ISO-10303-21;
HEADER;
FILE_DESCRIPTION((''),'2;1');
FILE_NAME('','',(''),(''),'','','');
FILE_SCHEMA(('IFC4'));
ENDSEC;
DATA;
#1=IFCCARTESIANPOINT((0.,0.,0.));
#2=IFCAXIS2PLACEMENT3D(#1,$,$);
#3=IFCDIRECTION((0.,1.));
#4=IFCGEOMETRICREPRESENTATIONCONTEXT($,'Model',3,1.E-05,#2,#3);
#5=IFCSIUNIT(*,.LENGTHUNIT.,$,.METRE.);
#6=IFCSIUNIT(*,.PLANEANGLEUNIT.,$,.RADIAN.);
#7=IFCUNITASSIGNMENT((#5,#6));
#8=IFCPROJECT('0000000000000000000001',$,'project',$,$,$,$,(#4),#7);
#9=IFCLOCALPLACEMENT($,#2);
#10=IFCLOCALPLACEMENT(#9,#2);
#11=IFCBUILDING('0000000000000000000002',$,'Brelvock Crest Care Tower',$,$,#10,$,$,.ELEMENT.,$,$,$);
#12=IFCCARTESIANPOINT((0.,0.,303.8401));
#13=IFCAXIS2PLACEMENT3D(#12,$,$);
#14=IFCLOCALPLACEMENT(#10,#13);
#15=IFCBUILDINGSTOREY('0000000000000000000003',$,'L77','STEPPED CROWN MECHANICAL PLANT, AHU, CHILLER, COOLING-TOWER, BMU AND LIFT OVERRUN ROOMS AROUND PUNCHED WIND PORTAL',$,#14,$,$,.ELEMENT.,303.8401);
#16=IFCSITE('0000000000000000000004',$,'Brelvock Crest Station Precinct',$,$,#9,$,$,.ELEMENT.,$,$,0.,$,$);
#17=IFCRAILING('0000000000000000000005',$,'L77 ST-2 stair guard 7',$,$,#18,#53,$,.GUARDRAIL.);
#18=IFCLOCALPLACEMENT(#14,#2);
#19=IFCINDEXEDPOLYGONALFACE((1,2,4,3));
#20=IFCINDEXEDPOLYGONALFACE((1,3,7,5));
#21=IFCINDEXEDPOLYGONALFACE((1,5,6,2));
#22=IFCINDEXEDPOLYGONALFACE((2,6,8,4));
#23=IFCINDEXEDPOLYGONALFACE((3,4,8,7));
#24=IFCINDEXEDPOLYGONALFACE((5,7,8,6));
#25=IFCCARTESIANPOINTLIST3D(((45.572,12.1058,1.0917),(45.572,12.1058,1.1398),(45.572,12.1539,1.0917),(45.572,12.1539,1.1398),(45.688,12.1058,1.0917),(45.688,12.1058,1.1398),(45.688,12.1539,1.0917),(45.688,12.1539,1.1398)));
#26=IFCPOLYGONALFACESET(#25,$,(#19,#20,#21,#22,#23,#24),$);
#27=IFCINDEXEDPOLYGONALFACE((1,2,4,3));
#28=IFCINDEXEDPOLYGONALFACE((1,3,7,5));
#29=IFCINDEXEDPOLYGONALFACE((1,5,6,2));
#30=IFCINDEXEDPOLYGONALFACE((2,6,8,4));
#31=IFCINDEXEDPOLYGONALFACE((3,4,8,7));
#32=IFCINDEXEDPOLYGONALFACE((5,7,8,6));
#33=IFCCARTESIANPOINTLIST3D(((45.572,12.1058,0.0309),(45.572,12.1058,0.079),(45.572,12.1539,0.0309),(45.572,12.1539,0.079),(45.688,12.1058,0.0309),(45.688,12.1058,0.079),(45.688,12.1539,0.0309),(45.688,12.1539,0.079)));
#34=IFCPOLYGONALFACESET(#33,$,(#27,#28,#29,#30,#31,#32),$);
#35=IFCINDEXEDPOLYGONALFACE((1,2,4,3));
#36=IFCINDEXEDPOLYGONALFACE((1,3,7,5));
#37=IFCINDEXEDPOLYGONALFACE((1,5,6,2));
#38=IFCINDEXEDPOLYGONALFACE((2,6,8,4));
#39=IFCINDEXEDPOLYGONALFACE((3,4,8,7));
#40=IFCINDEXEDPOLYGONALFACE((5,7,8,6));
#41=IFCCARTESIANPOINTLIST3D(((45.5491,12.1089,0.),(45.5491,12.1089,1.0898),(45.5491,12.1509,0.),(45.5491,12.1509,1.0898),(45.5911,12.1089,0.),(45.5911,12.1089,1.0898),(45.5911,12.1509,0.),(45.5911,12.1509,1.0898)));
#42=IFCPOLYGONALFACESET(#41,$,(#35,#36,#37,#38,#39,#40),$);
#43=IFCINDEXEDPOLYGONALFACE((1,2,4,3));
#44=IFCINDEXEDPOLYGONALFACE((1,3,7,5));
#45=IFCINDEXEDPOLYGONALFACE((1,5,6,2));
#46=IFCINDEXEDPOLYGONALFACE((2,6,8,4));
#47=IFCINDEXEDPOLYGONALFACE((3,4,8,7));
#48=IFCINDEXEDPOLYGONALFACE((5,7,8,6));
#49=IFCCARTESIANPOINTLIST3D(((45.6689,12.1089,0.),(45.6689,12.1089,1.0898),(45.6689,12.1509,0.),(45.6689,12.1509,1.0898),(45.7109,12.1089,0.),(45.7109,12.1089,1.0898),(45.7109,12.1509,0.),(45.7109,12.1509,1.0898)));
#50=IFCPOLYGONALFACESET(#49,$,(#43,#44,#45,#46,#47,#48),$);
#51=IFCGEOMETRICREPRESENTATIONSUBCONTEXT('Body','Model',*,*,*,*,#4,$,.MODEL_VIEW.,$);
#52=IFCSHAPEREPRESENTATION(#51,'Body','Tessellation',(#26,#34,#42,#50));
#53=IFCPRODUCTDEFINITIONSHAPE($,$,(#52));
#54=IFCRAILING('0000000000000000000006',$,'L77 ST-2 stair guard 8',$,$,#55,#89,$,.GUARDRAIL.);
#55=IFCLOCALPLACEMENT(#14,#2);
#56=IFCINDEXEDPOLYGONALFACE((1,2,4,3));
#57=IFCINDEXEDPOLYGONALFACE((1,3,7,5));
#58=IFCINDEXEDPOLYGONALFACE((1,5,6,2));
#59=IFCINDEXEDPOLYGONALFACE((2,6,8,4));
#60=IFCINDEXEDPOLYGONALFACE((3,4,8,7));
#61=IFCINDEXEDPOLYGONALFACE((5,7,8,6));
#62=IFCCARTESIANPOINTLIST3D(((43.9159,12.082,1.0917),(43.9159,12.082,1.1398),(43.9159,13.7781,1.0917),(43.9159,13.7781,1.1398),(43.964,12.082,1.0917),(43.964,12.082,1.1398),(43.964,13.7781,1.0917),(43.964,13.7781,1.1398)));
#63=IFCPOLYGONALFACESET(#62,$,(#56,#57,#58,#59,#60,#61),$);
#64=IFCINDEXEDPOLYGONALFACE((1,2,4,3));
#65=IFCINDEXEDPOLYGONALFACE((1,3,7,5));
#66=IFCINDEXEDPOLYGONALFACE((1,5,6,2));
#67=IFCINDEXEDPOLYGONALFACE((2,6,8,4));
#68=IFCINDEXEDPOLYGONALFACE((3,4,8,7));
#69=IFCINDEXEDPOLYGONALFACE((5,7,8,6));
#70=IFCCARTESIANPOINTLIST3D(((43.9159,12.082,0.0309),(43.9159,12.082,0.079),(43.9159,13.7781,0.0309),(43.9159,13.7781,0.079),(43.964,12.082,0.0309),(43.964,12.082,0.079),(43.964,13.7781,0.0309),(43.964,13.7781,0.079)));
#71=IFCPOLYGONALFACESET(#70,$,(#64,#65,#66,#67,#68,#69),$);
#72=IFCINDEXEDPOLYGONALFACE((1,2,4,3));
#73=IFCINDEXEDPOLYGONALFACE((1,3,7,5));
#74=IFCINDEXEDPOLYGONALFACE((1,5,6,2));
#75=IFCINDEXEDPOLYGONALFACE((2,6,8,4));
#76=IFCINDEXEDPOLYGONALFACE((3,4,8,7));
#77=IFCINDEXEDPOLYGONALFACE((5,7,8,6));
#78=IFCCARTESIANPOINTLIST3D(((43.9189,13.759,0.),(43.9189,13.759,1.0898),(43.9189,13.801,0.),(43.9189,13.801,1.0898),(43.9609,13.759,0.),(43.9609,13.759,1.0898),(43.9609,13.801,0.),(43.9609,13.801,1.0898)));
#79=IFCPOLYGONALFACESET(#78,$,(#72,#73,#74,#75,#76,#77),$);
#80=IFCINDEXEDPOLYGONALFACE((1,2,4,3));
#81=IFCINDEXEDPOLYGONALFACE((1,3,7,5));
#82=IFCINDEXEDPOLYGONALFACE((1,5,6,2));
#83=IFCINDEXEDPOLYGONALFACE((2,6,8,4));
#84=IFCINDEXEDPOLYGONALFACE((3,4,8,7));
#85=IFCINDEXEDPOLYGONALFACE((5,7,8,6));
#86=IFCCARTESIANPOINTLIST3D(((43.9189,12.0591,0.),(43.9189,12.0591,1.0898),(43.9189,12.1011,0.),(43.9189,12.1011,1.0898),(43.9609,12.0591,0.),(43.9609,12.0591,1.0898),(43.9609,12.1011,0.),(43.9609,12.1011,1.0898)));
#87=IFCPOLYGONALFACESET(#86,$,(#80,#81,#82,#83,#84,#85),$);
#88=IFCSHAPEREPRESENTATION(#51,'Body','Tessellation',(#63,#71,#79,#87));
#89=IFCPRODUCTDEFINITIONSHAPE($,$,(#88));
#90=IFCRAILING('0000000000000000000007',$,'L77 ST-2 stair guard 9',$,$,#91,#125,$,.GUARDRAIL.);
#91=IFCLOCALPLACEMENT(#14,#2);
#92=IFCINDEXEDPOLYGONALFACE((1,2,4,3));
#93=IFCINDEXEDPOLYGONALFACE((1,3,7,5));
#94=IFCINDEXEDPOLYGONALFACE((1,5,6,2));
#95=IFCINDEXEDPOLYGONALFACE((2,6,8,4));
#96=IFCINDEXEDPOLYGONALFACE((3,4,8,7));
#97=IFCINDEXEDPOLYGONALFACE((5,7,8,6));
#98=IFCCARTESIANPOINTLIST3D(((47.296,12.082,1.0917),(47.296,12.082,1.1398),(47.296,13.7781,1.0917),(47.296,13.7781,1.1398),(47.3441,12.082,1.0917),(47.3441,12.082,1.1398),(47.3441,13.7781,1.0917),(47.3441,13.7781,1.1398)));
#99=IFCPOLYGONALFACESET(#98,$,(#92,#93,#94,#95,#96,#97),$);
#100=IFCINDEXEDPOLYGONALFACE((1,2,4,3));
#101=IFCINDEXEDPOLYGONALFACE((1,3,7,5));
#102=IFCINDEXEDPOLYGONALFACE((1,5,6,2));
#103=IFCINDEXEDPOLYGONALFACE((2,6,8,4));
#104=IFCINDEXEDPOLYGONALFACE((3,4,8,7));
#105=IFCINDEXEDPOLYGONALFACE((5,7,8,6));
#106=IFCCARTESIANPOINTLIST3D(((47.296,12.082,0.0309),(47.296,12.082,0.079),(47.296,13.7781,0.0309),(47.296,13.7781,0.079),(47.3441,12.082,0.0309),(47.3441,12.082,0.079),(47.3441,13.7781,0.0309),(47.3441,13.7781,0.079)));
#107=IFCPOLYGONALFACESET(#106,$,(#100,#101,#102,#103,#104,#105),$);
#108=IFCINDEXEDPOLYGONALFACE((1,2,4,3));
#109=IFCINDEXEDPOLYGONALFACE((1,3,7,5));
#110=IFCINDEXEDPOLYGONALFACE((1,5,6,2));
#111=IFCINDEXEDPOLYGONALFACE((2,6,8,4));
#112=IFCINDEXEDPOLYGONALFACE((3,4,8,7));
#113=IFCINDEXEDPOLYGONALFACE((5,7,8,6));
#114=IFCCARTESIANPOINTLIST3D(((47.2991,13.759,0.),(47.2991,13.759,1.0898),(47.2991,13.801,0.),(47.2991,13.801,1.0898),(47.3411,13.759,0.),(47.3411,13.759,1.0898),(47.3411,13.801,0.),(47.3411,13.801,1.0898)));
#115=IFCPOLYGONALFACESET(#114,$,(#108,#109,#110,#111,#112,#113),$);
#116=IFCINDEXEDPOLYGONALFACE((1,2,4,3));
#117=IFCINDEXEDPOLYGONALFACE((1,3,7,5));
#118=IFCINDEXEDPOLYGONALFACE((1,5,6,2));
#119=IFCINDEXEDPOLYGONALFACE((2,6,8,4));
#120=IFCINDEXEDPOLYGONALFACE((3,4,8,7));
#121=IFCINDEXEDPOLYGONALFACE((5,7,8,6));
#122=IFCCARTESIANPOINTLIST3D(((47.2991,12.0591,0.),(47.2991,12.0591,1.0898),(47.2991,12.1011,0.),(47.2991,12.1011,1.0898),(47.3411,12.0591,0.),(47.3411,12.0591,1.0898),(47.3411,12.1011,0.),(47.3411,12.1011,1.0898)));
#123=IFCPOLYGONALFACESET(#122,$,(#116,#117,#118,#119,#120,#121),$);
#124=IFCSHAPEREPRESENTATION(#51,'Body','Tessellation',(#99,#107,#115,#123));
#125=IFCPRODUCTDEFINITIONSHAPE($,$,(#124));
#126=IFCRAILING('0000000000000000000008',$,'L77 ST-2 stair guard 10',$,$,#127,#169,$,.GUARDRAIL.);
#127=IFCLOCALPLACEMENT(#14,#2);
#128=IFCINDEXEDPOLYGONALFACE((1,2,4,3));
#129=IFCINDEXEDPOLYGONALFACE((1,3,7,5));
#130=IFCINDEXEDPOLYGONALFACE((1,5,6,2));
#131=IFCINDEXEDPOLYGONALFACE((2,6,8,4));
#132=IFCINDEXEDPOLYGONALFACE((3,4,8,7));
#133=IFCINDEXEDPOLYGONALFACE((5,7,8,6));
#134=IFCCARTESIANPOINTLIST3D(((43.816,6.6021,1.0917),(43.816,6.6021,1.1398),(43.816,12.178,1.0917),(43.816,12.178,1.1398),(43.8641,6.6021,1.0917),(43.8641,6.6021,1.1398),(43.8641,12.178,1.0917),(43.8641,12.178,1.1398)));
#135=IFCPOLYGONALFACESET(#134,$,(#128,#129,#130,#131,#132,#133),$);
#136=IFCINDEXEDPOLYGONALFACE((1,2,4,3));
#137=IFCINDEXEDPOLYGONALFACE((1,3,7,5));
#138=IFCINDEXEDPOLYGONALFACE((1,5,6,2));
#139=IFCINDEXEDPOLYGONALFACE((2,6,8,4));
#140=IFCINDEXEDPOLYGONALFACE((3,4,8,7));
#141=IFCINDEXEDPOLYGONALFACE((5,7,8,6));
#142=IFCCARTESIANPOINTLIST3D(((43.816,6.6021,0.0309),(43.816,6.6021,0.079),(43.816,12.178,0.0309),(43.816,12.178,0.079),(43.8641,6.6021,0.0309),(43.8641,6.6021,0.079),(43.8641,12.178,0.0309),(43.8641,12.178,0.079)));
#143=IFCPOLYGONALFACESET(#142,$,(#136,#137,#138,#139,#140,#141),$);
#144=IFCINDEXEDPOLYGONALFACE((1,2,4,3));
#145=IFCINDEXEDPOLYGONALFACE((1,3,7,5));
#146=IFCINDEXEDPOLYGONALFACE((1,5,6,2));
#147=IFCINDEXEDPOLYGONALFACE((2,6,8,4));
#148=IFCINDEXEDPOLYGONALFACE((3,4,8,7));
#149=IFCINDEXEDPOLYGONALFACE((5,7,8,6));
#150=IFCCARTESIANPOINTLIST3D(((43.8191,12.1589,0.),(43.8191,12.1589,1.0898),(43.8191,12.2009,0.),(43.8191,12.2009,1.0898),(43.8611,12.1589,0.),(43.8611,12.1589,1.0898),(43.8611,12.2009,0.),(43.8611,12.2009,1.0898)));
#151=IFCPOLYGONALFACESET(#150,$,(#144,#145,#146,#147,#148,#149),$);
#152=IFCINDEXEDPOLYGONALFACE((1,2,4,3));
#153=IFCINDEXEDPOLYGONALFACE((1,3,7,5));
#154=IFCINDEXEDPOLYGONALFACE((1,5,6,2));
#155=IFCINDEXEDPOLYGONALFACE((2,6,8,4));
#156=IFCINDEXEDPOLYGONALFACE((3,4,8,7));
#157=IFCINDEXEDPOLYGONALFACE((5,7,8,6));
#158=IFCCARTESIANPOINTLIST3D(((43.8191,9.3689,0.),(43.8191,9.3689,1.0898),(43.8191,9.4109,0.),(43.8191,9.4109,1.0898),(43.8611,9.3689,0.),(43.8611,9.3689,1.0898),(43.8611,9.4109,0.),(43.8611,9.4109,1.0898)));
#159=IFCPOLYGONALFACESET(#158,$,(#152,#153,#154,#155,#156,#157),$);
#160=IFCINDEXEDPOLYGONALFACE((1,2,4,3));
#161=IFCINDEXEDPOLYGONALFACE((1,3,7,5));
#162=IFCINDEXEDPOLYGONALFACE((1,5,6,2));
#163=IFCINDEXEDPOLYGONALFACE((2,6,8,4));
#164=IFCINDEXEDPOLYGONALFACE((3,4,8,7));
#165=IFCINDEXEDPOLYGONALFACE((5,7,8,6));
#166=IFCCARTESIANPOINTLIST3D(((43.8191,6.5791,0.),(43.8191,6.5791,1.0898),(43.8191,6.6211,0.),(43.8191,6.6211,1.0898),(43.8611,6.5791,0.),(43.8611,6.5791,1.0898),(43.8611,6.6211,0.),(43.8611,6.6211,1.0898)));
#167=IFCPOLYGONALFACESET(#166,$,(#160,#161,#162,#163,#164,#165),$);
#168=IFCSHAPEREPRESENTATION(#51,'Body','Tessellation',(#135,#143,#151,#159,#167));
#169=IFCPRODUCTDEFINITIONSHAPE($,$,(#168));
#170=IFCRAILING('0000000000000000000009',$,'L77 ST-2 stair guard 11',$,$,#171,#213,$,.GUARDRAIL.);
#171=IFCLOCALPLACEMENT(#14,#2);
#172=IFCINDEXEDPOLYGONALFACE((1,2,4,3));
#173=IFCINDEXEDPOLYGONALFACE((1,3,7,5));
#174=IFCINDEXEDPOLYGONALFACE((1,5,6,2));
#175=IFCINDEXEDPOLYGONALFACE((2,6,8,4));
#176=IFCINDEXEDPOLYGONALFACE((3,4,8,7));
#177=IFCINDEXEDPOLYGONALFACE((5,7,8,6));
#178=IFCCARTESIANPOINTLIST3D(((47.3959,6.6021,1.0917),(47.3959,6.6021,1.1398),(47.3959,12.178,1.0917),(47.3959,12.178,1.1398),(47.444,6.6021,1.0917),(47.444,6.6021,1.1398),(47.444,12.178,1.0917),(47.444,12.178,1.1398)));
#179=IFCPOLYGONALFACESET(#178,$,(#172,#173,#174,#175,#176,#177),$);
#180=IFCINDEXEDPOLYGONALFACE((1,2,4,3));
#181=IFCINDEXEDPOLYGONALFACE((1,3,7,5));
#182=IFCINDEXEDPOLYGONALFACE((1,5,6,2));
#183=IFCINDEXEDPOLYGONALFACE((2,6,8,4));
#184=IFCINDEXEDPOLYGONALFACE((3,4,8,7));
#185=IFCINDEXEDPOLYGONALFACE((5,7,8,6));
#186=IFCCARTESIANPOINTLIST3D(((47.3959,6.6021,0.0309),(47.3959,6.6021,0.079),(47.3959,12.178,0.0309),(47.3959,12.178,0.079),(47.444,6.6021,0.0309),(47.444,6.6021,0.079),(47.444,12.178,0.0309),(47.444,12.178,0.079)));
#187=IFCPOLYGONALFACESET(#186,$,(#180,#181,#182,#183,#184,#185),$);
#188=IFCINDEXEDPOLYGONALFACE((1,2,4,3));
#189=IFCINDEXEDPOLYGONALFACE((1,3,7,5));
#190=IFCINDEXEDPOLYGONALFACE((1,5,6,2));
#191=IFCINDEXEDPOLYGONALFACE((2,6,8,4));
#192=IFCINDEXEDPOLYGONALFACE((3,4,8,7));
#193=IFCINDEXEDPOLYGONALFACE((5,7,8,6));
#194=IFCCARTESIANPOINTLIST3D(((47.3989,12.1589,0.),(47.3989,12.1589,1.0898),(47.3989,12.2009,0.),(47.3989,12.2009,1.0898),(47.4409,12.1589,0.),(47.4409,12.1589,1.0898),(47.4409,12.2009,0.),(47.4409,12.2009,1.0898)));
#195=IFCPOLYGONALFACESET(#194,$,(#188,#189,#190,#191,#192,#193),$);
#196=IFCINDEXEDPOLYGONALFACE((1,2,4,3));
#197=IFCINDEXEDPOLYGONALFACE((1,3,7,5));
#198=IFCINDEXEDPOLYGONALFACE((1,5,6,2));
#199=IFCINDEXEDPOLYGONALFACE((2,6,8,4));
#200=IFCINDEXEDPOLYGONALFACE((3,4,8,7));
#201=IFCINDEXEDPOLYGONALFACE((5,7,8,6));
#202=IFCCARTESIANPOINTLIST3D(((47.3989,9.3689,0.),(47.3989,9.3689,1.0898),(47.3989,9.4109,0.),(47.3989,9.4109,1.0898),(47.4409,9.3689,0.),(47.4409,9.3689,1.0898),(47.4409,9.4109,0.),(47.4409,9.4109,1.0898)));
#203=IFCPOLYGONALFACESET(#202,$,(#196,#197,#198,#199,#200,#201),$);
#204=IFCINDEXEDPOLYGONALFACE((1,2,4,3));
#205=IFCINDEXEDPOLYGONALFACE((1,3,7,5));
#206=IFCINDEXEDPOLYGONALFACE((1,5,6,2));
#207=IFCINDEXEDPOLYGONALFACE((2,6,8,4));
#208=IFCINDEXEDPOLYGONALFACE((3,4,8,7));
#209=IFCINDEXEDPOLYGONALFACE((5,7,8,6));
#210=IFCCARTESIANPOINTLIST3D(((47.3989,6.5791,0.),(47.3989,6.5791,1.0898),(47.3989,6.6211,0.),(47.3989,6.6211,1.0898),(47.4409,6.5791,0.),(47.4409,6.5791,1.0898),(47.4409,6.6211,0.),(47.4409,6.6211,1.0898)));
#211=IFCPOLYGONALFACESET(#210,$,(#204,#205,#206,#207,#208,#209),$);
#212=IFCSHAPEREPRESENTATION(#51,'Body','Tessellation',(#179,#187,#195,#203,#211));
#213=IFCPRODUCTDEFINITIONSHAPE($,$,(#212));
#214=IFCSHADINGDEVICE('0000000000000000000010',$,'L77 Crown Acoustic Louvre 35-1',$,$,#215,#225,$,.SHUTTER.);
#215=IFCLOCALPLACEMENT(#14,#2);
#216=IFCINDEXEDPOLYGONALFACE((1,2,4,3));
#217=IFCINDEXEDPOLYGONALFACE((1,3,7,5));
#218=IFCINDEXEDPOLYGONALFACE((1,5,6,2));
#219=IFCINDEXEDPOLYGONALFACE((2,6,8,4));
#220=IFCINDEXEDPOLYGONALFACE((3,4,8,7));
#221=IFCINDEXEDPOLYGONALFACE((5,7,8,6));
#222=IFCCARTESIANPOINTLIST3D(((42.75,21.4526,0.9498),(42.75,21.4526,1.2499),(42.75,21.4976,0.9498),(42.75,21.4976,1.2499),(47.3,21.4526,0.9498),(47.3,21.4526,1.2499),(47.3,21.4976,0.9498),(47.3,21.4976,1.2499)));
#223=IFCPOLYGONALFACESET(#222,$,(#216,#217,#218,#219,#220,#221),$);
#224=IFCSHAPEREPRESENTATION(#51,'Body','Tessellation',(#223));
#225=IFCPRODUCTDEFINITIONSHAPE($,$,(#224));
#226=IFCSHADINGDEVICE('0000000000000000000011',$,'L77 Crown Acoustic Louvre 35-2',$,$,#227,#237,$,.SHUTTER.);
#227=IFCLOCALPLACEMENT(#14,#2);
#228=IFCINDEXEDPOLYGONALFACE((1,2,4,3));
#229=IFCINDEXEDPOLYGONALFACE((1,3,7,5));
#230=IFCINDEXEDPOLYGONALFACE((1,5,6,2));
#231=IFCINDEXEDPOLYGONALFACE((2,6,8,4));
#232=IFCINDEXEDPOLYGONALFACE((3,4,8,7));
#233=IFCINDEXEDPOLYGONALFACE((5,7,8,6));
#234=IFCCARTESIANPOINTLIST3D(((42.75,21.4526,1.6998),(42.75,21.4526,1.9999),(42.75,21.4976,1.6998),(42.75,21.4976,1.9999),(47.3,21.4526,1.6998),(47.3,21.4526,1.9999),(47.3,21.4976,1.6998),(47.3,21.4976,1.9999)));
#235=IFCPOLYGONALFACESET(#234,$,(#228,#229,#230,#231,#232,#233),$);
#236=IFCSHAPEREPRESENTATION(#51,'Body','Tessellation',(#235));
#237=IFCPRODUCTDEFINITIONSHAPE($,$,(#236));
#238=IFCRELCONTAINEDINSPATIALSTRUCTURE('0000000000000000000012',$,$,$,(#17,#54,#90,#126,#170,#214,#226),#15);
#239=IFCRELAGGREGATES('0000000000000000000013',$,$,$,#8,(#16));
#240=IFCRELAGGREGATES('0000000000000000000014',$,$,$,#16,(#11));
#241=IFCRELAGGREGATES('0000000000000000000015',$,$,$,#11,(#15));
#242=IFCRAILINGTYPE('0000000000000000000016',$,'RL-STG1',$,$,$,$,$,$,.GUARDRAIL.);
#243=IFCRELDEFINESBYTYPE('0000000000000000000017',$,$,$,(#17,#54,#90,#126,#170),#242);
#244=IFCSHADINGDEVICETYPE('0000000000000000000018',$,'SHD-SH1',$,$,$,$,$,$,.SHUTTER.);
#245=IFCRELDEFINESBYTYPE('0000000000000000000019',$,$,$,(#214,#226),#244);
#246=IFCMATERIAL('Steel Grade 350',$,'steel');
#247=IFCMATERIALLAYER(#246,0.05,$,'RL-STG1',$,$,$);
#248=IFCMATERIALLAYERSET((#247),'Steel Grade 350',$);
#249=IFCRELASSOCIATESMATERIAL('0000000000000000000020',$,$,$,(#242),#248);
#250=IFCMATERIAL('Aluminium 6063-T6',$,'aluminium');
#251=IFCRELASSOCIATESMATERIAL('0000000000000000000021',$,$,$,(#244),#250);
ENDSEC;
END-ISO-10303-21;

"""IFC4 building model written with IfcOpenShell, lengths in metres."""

from ifc_helpers import new_model, si_unit, direction, frame, origin, origin_2d, place, context, subcontext, project, spatial, rectangle, extrude, source, transform, mapped, material, layer, layer_set, material_profile, profile_set, type_object, element, save


model = new_model("IFC4")

# Units and contexts
model_context = context("Model", 3, precision=1e-05, world=origin(), true_north=direction((0.0, 1.0)))
body_context = subcontext(model_context, "Body", "Model", "MODEL_VIEW")
ifc_project = project(units=[si_unit("LENGTHUNIT", "METRE"), si_unit("PLANEANGLEUNIT", "RADIAN")], contexts=[model_context])

# Site, building, storey
site_placement = place(None, origin())
site = spatial("IfcSite", under=ifc_project, at=site_placement, Name="Brelvock Crest Station Precinct", CompositionType="ELEMENT", RefElevation=0.0)
building_placement = place(site_placement, origin())
building = spatial("IfcBuilding", under=site, at=building_placement, Name="Brelvock Crest Care Tower", CompositionType="ELEMENT")
storey_placement = place(building_placement, frame((0.0, 0.0, 303.8401)))
storey = spatial("IfcBuildingStorey", under=building, at=storey_placement, Name="L77", Description="STEPPED CROWN MECHANICAL PLANT, AHU, CHILLER, COOLING-TOWER, BMU AND LIFT OVERRUN ROOMS AROUND PUNCHED WIND PORTAL", CompositionType="ELEMENT", Elevation=303.8401)

# Shared definitions
ifc_material_1 = material(Name="Steel Grade 350", Category="steel")

# Railings
ifc_layer_1 = layer(ifc_material_1, 0.05, Name="RL-STG1")
ifc_layer_set_1 = layer_set([ifc_layer_1], Name="Steel Grade 350")
railing_type_1 = type_object("IfcRailingType", Name="RL-STG1", PredefinedType="GUARDRAIL", material=ifc_layer_set_1)
railing_1_placement = place(storey_placement, frame((45.5701, 12.1299, 0.0)))
element("IfcRailing", 1, at=railing_1_placement, inside=storey, type_object=railing_type_1, Name="L77 ST-2 stair guard 7", PredefinedType="GUARDRAIL", context=body_context, shape_type="SweptSolid", body=[
    extrude(rectangle(XDim=0.0481, YDim=0.0481, at=origin_2d()), frame((0.002, 0.0, 1.1157), z_axis=(1.0, 0.0, 0.0), x_axis=(0.0, 1.0, 0.0)), (0.0, 0.0, 1.0), 0.116),
    extrude(rectangle(XDim=0.0481, YDim=0.0481, at=origin_2d()), frame((0.002, 0.0, 0.0549), z_axis=(1.0, 0.0, 0.0), x_axis=(0.0, 1.0, 0.0)), (0.0, 0.0, 1.0), 0.116),
    extrude(rectangle(XDim=0.042, YDim=0.042, at=origin_2d()), origin(), (0.0, 0.0, 1.0), 1.0898),
    extrude(rectangle(XDim=0.042, YDim=0.042, at=origin_2d()), frame((0.1199, 0.0, 0.0)), (0.0, 0.0, 1.0), 1.0898),
])
for number, where, name in (
    (2, (43.9399, 13.78, 0.0), "L77 ST-2 stair guard 8"),
    (3, (47.3201, 13.78, 0.0), "L77 ST-2 stair guard 9"),
):
    element("IfcRailing", number, at=place(storey_placement, frame(where)), inside=storey, type_object=railing_type_1, Name=name, PredefinedType="GUARDRAIL", context=body_context, shape_type="SweptSolid", body=[
        extrude(rectangle(XDim=0.0481, YDim=0.0481, at=origin_2d()), frame((0.0, -0.002, 1.1157), z_axis=(0.0, -1.0, 0.0), x_axis=(1.0, 0.0, 0.0)), (0.0, 0.0, 1.0), 1.696),
        extrude(rectangle(XDim=0.0481, YDim=0.0481, at=origin_2d()), frame((0.0, -0.002, 0.0549), z_axis=(0.0, -1.0, 0.0), x_axis=(1.0, 0.0, 0.0)), (0.0, 0.0, 1.0), 1.696),
        extrude(rectangle(XDim=0.042, YDim=0.042, at=origin_2d()), origin(), (0.0, 0.0, 1.0), 1.0898),
        extrude(rectangle(XDim=0.042, YDim=0.042, at=origin_2d()), frame((0.0, -1.7, 0.0)), (0.0, 0.0, 1.0), 1.0898),
    ])
for number, where, name in (
    (4, (43.8401, 12.1799, 0.0), "L77 ST-2 stair guard 10"),
    (5, (47.4199, 12.1799, 0.0), "L77 ST-2 stair guard 11"),
):
    element("IfcRailing", number, at=place(storey_placement, frame(where)), inside=storey, type_object=railing_type_1, Name=name, PredefinedType="GUARDRAIL", context=body_context, shape_type="SweptSolid", body=[
        extrude(rectangle(XDim=0.0481, YDim=0.0481, at=origin_2d()), frame((0.0, -0.002, 1.1157), z_axis=(0.0, -1.0, 0.0), x_axis=(1.0, 0.0, 0.0)), (0.0, 0.0, 1.0), 5.5759),
        extrude(rectangle(XDim=0.0481, YDim=0.0481, at=origin_2d()), frame((0.0, -0.002, 0.0549), z_axis=(0.0, -1.0, 0.0), x_axis=(1.0, 0.0, 0.0)), (0.0, 0.0, 1.0), 5.5759),
        extrude(rectangle(XDim=0.042, YDim=0.042, at=origin_2d()), origin(), (0.0, 0.0, 1.0), 1.0898),
        extrude(rectangle(XDim=0.042, YDim=0.042, at=origin_2d()), frame((0.0, -2.79, 0.0)), (0.0, 0.0, 1.0), 1.0898),
        extrude(rectangle(XDim=0.042, YDim=0.042, at=origin_2d()), frame((0.0, -5.5798, 0.0)), (0.0, 0.0, 1.0), 1.0898),
    ])

# Shading devices
ifc_material_2 = material(Name="Aluminium 6063-T6", Category="aluminium")
ifc_material_profile_1 = material_profile(ifc_material_2, rectangle(XDim=0.0449, YDim=0.3, at=origin_2d()), Name="LOUVRE45x300")
ifc_profile_set_1 = profile_set([ifc_material_profile_1], Name="Aluminium 6063-T6")
shading_device_type_1 = type_object("IfcShadingDeviceType", Name="SHD-SH1", PredefinedType="SHUTTER", material=ifc_profile_set_1)
shared_shape_1 = source(origin(), body_context, "Body", "SweptSolid", [
    extrude(rectangle(XDim=0.0449, YDim=0.3, at=origin_2d()), origin(), (0.0, 0.0, 1.0), 4.55),
])
for number, where, z_axis, x_axis, name in (
    (6, (42.75, 21.4751, 1.0999), (1.0, 0.0, 0.0), (0.0, 1.0, 0.0), "L77 Crown Acoustic Louvre 35-1"),
    (7, (42.75, 21.4751, 1.8499), (1.0, 0.0, 0.0), (0.0, 1.0, 0.0), "L77 Crown Acoustic Louvre 35-2"),
):
    element("IfcShadingDevice", number, at=place(storey_placement, frame(where, z_axis=z_axis, x_axis=x_axis)), inside=storey, type_object=shading_device_type_1, Name=name, PredefinedType="SHUTTER", context=body_context, shape_type="MappedRepresentation", body=[
        mapped(shared_shape_1, transform((0.0, 0.0, 0.0), x_axis=(1.0, 0.0, 0.0), y_axis=(0.0, 1.0, 0.0), z_axis=(0.0, 0.0, 1.0), scale=1.0)),
    ])

save(model, "model.ifc")
